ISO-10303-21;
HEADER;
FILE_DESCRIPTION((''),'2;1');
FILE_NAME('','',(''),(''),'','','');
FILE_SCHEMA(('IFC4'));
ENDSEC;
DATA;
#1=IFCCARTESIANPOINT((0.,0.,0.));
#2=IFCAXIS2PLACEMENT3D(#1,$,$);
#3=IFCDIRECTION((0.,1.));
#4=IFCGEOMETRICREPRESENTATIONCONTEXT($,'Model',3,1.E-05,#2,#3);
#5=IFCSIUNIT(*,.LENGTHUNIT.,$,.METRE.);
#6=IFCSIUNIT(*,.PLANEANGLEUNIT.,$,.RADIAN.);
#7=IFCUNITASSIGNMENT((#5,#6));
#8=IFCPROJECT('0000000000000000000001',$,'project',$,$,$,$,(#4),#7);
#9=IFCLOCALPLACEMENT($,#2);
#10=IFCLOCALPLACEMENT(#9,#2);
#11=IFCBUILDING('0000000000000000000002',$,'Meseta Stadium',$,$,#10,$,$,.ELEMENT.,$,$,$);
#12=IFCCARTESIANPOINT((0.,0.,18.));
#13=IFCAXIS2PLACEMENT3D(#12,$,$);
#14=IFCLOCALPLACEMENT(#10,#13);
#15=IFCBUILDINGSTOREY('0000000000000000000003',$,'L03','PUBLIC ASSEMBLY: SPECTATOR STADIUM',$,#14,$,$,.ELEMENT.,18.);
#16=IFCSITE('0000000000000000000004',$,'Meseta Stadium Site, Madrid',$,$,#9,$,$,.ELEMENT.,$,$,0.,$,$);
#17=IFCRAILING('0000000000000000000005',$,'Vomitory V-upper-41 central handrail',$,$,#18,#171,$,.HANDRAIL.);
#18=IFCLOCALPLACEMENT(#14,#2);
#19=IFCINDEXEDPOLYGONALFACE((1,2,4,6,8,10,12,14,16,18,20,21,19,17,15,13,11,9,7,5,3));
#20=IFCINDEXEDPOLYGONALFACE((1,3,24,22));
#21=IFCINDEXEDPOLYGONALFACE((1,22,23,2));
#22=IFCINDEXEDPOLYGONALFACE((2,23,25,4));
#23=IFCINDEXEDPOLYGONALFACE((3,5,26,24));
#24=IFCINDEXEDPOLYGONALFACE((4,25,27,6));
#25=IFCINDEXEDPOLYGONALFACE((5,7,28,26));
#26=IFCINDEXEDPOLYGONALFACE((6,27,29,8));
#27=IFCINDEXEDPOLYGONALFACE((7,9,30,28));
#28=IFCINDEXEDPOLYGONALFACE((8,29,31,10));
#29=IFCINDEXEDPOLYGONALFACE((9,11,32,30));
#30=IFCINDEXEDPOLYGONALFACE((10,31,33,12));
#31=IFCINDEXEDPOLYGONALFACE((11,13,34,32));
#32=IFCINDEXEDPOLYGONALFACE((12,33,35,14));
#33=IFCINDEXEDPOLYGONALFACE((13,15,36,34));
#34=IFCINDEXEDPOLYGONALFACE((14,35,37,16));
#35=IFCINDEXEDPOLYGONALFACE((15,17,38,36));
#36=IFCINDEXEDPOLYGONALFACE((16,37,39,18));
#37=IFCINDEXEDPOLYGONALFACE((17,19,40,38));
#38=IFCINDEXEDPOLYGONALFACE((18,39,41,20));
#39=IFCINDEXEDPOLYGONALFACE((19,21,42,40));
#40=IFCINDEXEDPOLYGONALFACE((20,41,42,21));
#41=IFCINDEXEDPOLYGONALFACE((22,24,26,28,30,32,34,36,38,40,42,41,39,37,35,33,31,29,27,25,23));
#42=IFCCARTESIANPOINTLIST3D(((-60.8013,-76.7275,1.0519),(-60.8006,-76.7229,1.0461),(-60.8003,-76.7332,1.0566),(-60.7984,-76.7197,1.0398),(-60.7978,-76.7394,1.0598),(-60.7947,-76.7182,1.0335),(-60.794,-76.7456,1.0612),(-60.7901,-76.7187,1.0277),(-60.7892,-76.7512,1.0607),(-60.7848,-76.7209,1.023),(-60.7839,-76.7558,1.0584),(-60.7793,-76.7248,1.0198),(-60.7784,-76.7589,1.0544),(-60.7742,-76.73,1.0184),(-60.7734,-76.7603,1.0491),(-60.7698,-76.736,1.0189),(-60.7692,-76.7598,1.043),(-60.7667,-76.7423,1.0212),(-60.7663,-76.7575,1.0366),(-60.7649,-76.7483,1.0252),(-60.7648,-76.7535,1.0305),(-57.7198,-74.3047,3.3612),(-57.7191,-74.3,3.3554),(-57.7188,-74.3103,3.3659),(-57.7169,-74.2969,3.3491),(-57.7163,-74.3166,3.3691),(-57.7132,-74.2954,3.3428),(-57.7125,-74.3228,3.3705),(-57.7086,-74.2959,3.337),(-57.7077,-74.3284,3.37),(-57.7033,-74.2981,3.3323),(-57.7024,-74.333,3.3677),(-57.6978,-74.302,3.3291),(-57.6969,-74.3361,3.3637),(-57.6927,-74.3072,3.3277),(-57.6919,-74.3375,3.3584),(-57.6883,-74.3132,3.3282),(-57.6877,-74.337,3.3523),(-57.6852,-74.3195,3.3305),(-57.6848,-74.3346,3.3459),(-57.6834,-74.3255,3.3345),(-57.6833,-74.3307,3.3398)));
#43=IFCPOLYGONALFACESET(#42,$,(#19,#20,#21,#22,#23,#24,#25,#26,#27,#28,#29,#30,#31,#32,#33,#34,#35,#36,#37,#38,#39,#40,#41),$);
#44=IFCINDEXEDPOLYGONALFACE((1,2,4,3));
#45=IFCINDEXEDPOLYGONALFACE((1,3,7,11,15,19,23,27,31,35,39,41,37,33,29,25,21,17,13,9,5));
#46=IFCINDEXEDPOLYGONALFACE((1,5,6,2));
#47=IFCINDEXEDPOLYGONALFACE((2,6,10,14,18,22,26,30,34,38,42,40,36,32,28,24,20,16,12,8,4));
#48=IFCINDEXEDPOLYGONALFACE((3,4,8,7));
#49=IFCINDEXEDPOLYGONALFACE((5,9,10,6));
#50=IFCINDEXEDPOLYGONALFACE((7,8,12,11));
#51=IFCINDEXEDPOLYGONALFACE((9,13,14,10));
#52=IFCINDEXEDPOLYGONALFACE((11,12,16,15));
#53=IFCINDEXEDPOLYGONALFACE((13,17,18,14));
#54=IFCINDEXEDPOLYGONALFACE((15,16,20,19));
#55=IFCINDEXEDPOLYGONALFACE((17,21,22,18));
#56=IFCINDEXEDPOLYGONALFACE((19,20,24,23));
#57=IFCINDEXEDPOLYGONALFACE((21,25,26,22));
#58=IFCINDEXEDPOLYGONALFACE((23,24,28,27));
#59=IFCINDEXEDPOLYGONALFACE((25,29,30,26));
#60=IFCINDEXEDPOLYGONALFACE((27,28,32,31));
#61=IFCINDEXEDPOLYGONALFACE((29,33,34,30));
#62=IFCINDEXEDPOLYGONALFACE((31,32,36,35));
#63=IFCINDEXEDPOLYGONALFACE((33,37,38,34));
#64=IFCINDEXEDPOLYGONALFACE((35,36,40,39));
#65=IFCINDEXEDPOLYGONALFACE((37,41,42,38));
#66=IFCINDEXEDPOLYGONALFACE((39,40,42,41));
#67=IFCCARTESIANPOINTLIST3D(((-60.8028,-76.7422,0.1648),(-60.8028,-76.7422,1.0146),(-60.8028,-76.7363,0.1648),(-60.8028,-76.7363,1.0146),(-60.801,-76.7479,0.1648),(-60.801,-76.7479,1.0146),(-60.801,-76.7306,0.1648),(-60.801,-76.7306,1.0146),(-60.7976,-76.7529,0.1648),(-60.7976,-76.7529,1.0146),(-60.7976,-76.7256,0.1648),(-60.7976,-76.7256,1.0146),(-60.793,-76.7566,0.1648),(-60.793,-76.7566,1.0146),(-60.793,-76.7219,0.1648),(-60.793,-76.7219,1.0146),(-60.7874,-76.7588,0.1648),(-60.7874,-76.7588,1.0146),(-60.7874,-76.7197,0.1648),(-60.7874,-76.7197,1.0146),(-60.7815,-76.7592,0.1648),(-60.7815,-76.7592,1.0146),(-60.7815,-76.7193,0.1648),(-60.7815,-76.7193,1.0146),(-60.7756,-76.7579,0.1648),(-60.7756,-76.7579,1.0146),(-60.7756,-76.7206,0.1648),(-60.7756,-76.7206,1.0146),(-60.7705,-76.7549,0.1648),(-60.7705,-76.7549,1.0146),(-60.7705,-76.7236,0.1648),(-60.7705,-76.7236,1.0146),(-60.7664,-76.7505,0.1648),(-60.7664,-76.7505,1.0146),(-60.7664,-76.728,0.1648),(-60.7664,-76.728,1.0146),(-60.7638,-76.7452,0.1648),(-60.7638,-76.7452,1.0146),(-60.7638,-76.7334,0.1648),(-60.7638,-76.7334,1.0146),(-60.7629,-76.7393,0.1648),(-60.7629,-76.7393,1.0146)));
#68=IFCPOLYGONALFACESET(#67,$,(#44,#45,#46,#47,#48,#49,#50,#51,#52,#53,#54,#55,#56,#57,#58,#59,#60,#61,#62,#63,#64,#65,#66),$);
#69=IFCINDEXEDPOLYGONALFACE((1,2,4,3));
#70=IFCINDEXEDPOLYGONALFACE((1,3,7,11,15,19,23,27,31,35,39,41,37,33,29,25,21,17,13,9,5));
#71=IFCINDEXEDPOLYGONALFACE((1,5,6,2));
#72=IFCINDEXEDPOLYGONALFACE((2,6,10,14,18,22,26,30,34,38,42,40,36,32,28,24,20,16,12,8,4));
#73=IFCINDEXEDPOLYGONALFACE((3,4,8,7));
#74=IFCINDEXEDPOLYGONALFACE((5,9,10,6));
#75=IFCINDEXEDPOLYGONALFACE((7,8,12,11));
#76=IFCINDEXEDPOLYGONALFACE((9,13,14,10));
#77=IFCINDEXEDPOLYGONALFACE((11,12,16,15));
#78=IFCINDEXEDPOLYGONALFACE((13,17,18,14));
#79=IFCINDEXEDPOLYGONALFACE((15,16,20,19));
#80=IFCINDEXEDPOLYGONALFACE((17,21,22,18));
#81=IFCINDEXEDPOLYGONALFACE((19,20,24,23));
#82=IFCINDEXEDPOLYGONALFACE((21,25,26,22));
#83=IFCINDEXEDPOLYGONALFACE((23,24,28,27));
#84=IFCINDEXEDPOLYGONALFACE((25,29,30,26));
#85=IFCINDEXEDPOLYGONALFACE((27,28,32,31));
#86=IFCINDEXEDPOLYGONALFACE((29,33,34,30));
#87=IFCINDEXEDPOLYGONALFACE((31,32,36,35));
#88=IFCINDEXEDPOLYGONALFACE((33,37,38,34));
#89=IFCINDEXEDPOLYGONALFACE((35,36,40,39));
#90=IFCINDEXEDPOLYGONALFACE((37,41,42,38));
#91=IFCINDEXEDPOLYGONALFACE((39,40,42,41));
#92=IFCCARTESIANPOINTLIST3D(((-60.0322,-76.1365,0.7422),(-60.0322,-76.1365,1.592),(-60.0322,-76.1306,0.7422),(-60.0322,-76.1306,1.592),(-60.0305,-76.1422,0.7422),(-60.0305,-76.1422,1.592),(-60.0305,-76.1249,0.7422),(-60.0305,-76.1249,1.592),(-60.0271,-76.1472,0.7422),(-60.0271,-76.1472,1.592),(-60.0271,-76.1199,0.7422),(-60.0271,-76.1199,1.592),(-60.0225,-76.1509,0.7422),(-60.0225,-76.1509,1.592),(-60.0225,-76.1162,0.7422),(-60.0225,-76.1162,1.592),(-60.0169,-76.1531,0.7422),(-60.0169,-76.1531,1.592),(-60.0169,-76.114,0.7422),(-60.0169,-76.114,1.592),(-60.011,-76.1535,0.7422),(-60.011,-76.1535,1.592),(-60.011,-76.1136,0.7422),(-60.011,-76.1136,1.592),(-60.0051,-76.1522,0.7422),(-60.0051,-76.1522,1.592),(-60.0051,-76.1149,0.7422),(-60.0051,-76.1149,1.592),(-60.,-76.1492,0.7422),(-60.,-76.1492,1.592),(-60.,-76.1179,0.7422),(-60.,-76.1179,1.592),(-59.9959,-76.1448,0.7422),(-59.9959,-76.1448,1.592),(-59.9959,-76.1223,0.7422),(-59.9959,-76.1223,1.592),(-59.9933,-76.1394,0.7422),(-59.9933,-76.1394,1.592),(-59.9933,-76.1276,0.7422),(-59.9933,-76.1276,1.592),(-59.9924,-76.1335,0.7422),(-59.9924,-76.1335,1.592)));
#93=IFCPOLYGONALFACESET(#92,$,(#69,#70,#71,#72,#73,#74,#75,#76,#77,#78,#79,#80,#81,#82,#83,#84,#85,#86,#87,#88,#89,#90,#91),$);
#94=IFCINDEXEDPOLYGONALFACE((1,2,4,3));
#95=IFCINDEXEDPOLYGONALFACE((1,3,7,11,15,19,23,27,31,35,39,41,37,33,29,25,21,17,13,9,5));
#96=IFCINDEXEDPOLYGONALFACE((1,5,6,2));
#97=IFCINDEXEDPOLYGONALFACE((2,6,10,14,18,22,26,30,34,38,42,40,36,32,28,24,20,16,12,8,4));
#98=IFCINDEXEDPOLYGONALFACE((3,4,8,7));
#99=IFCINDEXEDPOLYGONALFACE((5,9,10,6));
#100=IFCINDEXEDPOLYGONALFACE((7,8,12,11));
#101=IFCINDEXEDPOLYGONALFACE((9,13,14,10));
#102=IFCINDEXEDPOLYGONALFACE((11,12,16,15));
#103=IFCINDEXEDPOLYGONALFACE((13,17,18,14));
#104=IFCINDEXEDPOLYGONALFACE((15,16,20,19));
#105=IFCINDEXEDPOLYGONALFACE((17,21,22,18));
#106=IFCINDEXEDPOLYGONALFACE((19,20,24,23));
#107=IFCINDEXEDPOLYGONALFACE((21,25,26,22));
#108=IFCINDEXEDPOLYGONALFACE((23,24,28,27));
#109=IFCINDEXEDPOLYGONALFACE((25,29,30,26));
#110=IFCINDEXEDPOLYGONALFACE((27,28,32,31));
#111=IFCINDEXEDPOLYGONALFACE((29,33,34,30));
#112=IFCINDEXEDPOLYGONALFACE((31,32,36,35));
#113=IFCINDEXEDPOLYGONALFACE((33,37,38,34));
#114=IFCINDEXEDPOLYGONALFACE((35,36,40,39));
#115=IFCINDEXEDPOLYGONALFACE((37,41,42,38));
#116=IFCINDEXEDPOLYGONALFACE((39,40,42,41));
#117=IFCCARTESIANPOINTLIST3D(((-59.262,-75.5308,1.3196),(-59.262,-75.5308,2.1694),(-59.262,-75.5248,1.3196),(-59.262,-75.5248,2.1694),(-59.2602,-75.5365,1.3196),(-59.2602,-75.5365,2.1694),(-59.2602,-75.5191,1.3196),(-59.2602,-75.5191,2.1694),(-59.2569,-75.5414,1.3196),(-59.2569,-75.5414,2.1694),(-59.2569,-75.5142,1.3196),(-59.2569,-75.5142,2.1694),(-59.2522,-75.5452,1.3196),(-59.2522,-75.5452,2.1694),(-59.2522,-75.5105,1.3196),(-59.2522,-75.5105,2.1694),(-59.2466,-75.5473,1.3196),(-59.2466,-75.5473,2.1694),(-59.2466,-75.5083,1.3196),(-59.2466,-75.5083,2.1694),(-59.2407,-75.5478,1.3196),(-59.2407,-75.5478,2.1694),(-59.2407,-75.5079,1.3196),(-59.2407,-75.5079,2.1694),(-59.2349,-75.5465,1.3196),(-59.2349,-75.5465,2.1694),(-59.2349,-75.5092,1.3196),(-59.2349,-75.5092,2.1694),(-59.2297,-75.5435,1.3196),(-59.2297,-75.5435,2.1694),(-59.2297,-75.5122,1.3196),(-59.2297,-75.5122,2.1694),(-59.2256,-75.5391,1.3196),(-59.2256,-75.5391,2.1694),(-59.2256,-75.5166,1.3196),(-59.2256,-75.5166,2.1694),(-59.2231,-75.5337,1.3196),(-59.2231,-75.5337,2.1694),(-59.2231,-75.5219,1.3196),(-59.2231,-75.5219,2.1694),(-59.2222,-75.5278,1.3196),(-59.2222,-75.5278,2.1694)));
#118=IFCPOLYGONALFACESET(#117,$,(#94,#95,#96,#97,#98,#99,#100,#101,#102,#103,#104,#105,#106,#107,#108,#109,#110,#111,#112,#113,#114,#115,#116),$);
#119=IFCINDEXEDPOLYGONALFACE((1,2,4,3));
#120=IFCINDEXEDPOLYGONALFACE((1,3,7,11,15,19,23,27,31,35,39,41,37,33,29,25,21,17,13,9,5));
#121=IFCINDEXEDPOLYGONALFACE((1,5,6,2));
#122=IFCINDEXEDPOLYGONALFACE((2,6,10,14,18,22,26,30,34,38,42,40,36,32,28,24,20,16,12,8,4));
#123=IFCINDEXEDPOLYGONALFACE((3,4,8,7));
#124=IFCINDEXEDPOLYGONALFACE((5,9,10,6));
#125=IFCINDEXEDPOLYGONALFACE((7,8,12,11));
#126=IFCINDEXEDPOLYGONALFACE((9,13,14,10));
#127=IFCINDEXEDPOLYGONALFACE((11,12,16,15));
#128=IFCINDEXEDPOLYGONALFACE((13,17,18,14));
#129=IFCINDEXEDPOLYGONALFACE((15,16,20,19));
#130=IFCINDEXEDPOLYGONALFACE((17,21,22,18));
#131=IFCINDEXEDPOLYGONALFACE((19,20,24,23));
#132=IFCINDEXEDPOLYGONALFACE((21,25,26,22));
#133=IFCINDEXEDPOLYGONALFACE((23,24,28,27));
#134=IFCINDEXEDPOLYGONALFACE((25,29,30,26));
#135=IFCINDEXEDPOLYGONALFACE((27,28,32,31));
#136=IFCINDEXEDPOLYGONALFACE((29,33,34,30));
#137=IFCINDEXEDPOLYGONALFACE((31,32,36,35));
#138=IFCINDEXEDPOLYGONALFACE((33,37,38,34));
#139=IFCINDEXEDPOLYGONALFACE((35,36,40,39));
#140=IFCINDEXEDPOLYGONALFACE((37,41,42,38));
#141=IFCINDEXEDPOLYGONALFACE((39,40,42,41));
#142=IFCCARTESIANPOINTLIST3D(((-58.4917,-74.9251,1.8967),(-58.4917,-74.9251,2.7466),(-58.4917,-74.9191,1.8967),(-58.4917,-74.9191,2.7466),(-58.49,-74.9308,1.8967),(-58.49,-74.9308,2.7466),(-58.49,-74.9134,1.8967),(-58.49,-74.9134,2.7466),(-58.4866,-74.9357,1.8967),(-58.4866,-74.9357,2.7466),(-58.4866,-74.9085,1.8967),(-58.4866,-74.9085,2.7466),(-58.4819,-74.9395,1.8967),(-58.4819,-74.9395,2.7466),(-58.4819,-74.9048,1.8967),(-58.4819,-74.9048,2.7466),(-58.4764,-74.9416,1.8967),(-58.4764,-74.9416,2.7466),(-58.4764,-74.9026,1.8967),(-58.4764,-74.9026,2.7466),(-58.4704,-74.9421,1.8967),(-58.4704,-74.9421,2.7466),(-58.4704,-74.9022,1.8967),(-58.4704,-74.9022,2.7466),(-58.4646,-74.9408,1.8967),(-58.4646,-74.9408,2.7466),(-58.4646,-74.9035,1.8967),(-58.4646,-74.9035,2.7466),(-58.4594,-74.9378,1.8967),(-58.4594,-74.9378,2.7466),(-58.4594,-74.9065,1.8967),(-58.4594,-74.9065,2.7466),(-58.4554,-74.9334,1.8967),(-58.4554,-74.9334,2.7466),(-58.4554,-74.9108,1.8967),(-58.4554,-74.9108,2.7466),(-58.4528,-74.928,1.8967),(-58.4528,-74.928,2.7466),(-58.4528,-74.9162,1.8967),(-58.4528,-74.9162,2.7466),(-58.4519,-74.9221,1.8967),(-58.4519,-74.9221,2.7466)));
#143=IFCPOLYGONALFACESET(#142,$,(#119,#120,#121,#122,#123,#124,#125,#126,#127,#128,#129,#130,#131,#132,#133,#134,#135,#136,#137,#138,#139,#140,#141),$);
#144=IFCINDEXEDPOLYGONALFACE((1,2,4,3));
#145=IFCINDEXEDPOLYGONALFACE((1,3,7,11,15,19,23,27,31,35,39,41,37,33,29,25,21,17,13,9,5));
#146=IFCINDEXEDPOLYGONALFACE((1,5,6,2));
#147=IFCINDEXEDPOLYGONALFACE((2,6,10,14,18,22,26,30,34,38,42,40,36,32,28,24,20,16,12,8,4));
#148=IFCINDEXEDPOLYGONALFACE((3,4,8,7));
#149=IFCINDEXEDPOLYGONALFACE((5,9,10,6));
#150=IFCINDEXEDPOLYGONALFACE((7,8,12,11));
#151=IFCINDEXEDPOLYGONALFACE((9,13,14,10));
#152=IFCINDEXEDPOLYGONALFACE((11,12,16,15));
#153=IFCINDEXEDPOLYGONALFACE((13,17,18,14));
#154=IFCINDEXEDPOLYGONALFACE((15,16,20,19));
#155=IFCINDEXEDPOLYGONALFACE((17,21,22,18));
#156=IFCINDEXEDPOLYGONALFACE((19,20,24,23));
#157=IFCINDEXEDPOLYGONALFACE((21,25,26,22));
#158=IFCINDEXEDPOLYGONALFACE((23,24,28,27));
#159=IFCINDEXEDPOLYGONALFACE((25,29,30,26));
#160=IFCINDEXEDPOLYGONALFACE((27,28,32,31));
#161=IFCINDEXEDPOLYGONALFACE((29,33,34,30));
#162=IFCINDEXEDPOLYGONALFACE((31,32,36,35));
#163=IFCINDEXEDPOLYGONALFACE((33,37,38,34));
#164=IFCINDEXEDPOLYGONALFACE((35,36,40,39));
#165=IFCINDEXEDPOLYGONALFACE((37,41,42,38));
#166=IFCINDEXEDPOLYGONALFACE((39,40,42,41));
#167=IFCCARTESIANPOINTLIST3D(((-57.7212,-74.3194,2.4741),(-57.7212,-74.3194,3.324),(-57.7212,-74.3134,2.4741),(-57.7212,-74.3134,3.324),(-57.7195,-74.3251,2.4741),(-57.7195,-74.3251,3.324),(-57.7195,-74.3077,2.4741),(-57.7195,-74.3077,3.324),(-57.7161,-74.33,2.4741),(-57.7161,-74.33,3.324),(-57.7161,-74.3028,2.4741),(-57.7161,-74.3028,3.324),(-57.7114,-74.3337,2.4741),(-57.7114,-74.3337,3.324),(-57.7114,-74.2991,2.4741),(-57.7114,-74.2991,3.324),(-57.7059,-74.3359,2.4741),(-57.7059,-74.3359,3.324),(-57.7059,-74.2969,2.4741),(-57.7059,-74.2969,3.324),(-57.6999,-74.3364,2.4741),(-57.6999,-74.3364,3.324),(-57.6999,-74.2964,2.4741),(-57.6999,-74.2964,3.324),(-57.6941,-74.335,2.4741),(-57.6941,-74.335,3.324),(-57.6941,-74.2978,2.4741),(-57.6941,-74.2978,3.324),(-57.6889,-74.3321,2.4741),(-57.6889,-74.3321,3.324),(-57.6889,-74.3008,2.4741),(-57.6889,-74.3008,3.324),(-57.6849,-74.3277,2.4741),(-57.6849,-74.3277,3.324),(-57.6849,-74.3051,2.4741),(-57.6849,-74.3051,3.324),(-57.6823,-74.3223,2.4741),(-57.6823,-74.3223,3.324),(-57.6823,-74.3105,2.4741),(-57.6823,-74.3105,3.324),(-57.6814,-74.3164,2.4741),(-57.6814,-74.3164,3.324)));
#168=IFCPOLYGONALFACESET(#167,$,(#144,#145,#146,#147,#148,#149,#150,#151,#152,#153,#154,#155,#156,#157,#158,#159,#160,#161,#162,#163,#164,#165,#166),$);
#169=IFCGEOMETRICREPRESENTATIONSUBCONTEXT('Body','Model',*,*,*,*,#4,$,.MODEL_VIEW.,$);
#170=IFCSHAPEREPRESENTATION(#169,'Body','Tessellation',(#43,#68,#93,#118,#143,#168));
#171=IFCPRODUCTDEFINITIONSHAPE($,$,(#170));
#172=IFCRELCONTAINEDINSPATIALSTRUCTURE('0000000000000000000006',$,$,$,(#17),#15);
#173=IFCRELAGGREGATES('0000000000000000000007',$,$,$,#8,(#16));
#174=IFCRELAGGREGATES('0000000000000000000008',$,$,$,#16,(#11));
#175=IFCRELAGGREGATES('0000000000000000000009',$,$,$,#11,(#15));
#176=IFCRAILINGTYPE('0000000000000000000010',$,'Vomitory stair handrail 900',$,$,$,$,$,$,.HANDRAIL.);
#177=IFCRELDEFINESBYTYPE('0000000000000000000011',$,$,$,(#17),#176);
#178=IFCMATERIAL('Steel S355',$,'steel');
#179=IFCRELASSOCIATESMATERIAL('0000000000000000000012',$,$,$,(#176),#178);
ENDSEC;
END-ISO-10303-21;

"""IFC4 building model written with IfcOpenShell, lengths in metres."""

from ifc_helpers import new_model, si_unit, direction, frame, origin, origin_2d, place, context, subcontext, project, spatial, circle, extrude, material, type_object, element, save


model = new_model("IFC4")

# Units and contexts
model_context = context("Model", 3, precision=1e-05, world=origin(), true_north=direction((0.0, 1.0)))
body_context = subcontext(model_context, "Body", "Model", "MODEL_VIEW")
ifc_project = project(units=[si_unit("LENGTHUNIT", "METRE"), si_unit("PLANEANGLEUNIT", "RADIAN")], contexts=[model_context])

# Site, building, storey
site_placement = place(None, origin())
site = spatial("IfcSite", under=ifc_project, at=site_placement, Name="Meseta Stadium Site, Madrid", CompositionType="ELEMENT", RefElevation=0.0)
building_placement = place(site_placement, origin())
building = spatial("IfcBuilding", under=site, at=building_placement, Name="Meseta Stadium", CompositionType="ELEMENT")
storey_placement = place(building_placement, frame((0.0, 0.0, 18.0)))
storey = spatial("IfcBuildingStorey", under=building, at=storey_placement, Name="L03", Description="PUBLIC ASSEMBLY: SPECTATOR STADIUM", CompositionType="ELEMENT", Elevation=18.0)

# Railing
ifc_material_1 = material(Name="Steel S355", Category="steel")
railing_type_1 = type_object("IfcRailingType", Name="Vomitory stair handrail 900", PredefinedType="HANDRAIL", material=ifc_material_1)
railing_1_placement = place(storey_placement, frame((-60.783, -76.7393, 0.1648)))
element("IfcRailing", 1, at=railing_1_placement, inside=storey, type_object=railing_type_1, Name="Vomitory V-upper-41 central handrail", PredefinedType="HANDRAIL", context=body_context, shape_type="SweptSolid", body=[
    extrude(circle(Radius=0.0249, at=origin_2d()), frame((0.0, 0.0, 0.875), z_axis=(0.677318, 0.532539, 0.507586), x_axis=(-0.61808, 0.786115, 0.0)), (0.0, 0.0, 1.0), 4.5496),
    extrude(circle(Radius=0.02, at=origin_2d()), origin(), (0.0, 0.0, 1.0), 0.8499),
    extrude(circle(Radius=0.02, at=origin_2d()), frame((0.7705, 0.6057, 0.5774)), (0.0, 0.0, 1.0), 0.8499),
    extrude(circle(Radius=0.02, at=origin_2d()), frame((1.5408, 1.2114, 1.1548)), (0.0, 0.0, 1.0), 0.8499),
    extrude(circle(Radius=0.02, at=origin_2d()), frame((2.311, 1.8171, 1.7319)), (0.0, 0.0, 1.0), 0.8499),
    extrude(circle(Radius=0.02, at=origin_2d()), frame((3.0815, 2.4229, 2.3093)), (0.0, 0.0, 1.0), 0.8499),
])

save(model, "model.ifc")
